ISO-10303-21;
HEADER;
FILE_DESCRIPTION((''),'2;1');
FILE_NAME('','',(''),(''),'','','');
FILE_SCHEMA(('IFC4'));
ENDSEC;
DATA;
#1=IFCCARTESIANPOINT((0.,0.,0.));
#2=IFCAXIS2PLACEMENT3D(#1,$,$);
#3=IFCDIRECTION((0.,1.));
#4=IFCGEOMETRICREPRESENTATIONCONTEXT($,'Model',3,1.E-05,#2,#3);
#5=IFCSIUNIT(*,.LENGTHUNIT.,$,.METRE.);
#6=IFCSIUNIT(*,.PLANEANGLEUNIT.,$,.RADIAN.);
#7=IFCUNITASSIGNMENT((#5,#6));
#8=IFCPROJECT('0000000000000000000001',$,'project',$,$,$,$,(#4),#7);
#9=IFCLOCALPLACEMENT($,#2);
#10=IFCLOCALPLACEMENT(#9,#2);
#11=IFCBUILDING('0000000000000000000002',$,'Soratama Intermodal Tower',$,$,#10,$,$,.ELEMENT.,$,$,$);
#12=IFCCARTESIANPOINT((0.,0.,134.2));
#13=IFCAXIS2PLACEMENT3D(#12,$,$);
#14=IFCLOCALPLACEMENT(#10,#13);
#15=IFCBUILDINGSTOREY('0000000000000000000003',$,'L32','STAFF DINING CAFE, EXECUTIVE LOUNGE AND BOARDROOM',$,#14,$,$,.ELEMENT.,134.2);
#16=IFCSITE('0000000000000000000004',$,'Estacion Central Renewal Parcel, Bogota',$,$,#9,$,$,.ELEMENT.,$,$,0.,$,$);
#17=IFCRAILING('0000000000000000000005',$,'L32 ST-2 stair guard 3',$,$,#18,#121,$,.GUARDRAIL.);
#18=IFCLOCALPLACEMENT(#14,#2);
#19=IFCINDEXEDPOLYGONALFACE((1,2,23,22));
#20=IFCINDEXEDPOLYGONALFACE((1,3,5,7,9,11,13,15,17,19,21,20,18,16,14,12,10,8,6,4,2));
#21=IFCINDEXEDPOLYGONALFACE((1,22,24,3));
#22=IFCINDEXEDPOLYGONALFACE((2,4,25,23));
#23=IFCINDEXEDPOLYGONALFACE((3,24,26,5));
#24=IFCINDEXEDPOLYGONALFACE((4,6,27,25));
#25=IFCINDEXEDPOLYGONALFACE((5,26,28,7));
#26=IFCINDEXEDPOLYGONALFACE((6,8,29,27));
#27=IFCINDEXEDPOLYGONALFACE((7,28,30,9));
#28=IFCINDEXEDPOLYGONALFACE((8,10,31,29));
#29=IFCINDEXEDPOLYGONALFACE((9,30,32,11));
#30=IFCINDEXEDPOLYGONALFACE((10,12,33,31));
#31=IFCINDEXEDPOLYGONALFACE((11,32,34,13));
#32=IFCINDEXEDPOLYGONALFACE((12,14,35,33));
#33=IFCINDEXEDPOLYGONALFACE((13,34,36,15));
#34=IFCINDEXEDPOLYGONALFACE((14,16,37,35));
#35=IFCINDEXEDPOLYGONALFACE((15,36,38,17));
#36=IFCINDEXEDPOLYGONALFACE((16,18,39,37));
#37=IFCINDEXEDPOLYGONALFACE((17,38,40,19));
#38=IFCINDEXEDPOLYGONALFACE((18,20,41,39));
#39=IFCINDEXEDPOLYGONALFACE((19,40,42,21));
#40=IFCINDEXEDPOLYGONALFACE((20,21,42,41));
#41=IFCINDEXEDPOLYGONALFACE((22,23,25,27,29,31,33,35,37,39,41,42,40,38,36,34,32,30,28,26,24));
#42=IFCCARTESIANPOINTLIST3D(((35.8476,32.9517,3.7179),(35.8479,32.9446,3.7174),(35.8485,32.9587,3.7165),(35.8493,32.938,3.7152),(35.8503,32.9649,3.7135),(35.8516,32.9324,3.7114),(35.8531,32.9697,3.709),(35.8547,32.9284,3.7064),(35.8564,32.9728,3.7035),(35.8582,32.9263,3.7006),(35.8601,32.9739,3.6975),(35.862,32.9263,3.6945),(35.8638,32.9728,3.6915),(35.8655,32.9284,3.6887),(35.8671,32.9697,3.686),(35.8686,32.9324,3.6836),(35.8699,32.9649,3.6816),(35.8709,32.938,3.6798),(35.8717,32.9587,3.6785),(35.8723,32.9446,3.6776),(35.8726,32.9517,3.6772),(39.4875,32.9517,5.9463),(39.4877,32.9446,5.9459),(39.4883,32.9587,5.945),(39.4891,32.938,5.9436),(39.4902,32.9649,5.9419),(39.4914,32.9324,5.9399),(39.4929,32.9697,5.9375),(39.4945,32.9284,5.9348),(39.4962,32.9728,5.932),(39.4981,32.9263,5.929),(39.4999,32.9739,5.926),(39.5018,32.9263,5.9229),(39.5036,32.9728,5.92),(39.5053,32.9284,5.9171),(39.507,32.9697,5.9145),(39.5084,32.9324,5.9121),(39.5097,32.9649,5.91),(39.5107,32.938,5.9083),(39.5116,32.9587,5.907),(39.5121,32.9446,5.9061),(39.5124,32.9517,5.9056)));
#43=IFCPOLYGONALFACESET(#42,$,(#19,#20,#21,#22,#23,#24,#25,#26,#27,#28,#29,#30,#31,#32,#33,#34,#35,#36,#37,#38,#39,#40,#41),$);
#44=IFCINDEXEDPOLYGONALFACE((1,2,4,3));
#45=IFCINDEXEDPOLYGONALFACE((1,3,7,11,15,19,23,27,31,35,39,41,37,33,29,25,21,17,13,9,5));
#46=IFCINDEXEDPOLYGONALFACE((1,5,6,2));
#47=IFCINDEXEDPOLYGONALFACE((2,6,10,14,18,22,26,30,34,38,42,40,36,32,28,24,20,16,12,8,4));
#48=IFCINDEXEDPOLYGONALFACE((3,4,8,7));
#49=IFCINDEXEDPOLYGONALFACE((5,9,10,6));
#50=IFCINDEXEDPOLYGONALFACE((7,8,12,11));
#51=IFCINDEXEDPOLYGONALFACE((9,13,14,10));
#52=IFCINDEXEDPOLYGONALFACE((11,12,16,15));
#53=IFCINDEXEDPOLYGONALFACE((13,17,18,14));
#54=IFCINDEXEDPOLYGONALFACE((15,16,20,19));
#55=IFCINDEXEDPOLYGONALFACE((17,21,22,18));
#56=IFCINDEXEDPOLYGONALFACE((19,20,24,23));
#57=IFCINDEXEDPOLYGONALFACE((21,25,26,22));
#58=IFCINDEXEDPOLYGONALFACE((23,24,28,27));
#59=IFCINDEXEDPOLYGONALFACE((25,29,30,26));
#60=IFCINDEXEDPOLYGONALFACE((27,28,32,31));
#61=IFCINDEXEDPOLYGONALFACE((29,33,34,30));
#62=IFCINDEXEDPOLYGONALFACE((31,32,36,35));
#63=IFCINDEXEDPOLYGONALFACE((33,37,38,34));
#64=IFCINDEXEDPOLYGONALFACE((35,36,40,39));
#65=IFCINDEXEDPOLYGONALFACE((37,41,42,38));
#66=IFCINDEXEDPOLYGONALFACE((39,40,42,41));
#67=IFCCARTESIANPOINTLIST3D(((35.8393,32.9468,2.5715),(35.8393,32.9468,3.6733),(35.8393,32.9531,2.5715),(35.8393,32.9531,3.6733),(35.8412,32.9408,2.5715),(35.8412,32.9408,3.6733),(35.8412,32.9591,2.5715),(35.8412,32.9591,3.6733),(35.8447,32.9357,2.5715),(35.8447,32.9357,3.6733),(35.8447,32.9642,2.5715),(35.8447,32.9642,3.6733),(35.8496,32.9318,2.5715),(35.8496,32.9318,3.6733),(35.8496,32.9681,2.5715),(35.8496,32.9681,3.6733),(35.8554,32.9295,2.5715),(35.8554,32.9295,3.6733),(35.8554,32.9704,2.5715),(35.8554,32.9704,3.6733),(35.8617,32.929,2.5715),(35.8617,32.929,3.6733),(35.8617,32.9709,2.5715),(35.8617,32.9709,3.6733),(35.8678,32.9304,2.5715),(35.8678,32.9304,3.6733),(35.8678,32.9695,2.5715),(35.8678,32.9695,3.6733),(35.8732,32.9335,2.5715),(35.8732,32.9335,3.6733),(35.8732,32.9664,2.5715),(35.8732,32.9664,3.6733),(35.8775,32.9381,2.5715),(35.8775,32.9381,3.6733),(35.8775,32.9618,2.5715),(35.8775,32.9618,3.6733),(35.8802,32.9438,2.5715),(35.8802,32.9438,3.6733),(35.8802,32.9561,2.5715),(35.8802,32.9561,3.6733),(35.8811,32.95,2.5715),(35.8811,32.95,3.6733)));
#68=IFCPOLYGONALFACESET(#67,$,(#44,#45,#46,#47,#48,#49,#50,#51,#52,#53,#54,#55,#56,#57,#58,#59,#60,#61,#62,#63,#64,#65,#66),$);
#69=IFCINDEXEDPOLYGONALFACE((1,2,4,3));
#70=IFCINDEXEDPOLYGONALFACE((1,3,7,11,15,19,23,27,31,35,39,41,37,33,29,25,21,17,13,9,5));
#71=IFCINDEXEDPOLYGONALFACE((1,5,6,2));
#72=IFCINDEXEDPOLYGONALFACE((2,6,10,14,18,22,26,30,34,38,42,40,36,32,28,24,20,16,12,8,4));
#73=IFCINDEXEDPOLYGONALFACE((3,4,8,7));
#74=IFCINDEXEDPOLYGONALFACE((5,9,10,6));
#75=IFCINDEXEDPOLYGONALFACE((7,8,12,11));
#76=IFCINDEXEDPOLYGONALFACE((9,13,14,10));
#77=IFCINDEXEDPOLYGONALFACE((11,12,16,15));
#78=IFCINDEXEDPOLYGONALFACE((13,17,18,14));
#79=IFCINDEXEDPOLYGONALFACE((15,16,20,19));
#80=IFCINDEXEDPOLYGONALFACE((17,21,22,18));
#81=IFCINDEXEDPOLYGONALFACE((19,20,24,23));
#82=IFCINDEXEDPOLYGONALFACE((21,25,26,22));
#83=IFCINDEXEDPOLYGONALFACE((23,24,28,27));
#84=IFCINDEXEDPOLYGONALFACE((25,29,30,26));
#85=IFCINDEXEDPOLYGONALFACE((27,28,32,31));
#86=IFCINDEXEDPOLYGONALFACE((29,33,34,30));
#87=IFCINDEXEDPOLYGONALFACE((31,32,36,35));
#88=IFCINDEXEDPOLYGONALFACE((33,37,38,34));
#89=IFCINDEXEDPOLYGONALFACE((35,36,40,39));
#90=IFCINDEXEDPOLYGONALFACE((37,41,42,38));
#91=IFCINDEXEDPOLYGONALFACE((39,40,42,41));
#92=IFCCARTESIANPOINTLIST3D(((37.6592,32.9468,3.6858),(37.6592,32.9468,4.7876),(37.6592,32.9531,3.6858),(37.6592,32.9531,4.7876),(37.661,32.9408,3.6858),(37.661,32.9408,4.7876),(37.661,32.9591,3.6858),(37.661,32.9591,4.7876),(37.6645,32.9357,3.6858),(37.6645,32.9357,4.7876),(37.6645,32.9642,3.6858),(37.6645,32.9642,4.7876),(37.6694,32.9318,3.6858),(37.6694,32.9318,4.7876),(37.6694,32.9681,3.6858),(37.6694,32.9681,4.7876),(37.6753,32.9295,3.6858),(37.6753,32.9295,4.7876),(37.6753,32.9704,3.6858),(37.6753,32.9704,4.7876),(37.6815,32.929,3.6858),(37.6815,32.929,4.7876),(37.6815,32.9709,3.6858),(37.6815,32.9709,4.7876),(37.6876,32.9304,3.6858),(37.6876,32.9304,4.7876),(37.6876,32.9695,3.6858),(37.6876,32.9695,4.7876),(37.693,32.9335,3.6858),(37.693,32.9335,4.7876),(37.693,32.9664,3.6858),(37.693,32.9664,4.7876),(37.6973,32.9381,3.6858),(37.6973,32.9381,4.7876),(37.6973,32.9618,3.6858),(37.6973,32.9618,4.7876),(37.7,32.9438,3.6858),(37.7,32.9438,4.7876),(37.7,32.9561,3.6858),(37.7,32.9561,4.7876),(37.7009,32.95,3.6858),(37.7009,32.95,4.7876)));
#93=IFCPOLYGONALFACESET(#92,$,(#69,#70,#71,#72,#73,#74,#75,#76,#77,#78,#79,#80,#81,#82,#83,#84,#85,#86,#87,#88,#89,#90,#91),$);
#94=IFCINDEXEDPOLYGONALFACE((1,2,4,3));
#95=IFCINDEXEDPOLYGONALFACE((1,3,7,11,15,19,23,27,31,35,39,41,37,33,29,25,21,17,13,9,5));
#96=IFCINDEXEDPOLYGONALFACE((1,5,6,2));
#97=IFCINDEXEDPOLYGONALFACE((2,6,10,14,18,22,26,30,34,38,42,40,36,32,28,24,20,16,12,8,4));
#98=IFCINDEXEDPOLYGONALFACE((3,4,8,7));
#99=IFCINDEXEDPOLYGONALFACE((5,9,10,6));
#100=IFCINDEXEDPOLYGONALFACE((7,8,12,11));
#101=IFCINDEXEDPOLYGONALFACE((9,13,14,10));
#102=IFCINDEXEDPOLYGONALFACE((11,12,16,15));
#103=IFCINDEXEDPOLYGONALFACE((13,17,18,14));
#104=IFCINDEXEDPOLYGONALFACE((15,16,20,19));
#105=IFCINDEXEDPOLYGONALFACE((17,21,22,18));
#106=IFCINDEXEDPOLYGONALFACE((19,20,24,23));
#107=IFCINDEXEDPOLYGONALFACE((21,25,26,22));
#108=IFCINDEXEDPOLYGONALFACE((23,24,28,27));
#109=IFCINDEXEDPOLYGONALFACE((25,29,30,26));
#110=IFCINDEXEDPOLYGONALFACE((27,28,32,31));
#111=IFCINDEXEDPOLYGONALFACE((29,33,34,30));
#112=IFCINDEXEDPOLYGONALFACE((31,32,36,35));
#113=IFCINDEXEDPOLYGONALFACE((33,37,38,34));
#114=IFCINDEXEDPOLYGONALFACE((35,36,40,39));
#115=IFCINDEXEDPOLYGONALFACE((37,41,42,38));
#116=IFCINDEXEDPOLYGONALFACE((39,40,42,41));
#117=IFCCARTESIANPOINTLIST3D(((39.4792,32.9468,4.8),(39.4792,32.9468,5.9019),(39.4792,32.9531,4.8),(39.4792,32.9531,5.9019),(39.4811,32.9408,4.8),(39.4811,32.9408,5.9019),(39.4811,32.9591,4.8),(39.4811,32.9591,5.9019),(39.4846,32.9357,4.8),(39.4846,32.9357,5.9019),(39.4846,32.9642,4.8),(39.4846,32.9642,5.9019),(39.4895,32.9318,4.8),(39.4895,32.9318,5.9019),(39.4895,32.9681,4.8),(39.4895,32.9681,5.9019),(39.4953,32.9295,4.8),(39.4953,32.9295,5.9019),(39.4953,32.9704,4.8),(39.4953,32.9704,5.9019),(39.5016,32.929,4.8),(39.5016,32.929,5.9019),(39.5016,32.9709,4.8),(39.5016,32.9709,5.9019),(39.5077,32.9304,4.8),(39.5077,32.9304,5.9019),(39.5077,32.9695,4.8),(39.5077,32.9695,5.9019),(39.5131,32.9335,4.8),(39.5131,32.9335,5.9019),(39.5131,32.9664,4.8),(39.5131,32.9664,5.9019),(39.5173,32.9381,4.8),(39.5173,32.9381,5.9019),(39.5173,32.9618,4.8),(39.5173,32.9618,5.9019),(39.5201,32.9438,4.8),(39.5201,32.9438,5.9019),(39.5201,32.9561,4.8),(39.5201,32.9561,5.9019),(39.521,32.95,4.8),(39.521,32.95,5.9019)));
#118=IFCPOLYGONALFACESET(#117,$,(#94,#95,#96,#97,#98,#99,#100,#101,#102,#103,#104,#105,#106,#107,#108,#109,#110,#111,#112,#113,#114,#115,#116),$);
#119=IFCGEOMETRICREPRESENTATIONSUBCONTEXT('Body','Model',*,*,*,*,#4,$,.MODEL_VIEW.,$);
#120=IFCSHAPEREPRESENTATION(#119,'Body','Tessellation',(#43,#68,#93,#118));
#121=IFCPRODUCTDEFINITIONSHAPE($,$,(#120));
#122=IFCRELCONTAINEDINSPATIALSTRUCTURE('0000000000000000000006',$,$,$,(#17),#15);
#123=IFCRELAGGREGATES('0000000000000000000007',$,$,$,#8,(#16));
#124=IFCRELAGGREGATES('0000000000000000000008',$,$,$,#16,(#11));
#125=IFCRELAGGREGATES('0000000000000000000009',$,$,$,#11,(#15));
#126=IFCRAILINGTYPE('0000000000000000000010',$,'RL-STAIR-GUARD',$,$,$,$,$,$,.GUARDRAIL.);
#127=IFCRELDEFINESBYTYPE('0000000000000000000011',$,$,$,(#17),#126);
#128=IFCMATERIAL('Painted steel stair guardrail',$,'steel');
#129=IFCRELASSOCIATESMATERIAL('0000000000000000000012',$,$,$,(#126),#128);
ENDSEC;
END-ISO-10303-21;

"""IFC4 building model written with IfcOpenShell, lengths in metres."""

from ifc_helpers import new_model, si_unit, direction, frame, origin, origin_2d, place, context, subcontext, project, spatial, circle, extrude, material, type_object, element, save


model = new_model("IFC4")

# Units and contexts
model_context = context("Model", 3, precision=1e-05, world=origin(), true_north=direction((0.0, 1.0)))
body_context = subcontext(model_context, "Body", "Model", "MODEL_VIEW")
ifc_project = project(units=[si_unit("LENGTHUNIT", "METRE"), si_unit("PLANEANGLEUNIT", "RADIAN")], contexts=[model_context])

# Site, building, storey
site_placement = place(None, origin())
site = spatial("IfcSite", under=ifc_project, at=site_placement, Name="Estacion Central Renewal Parcel, Bogota", CompositionType="ELEMENT", RefElevation=0.0)
building_placement = place(site_placement, origin())
building = spatial("IfcBuilding", under=site, at=building_placement, Name="Soratama Intermodal Tower", CompositionType="ELEMENT")
storey_placement = place(building_placement, frame((0.0, 0.0, 134.2)))
storey = spatial("IfcBuildingStorey", under=building, at=storey_placement, Name="L32", Description="STAFF DINING CAFE, EXECUTIVE LOUNGE AND BOARDROOM", CompositionType="ELEMENT", Elevation=134.2)

# Railing
ifc_material_1 = material(Name="Painted steel stair guardrail", Category="steel")
railing_type_1 = type_object("IfcRailingType", Name="RL-STAIR-GUARD", PredefinedType="GUARDRAIL", material=ifc_material_1)
railing_1_placement = place(storey_placement, frame((35.8601, 32.95, 2.5715)))
element("IfcRailing", 1, at=railing_1_placement, inside=storey, type_object=railing_type_1, Name="L32 ST-2 stair guard 3", PredefinedType="GUARDRAIL", context=body_context, shape_type="SweptSolid", body=[
    extrude(circle(Radius=0.0239, at=origin_2d()), frame((0.0, 0.0, 1.126), z_axis=(0.85285, 0.0, 0.522156), x_axis=(0.0, 1.0, 0.0)), (0.0, 0.0, 1.0), 4.2678),
    extrude(circle(Radius=0.021, at=origin_2d()), origin(), (0.0, 0.0, 1.0), 1.1018),
    extrude(circle(Radius=0.021, at=origin_2d()), frame((1.8198, 0.0, 1.1143)), (0.0, 0.0, 1.0), 1.1018),
    extrude(circle(Radius=0.021, at=origin_2d()), frame((3.6399, 0.0, 2.2285)), (0.0, 0.0, 1.0), 1.1018),
])

save(model, "model.ifc")
